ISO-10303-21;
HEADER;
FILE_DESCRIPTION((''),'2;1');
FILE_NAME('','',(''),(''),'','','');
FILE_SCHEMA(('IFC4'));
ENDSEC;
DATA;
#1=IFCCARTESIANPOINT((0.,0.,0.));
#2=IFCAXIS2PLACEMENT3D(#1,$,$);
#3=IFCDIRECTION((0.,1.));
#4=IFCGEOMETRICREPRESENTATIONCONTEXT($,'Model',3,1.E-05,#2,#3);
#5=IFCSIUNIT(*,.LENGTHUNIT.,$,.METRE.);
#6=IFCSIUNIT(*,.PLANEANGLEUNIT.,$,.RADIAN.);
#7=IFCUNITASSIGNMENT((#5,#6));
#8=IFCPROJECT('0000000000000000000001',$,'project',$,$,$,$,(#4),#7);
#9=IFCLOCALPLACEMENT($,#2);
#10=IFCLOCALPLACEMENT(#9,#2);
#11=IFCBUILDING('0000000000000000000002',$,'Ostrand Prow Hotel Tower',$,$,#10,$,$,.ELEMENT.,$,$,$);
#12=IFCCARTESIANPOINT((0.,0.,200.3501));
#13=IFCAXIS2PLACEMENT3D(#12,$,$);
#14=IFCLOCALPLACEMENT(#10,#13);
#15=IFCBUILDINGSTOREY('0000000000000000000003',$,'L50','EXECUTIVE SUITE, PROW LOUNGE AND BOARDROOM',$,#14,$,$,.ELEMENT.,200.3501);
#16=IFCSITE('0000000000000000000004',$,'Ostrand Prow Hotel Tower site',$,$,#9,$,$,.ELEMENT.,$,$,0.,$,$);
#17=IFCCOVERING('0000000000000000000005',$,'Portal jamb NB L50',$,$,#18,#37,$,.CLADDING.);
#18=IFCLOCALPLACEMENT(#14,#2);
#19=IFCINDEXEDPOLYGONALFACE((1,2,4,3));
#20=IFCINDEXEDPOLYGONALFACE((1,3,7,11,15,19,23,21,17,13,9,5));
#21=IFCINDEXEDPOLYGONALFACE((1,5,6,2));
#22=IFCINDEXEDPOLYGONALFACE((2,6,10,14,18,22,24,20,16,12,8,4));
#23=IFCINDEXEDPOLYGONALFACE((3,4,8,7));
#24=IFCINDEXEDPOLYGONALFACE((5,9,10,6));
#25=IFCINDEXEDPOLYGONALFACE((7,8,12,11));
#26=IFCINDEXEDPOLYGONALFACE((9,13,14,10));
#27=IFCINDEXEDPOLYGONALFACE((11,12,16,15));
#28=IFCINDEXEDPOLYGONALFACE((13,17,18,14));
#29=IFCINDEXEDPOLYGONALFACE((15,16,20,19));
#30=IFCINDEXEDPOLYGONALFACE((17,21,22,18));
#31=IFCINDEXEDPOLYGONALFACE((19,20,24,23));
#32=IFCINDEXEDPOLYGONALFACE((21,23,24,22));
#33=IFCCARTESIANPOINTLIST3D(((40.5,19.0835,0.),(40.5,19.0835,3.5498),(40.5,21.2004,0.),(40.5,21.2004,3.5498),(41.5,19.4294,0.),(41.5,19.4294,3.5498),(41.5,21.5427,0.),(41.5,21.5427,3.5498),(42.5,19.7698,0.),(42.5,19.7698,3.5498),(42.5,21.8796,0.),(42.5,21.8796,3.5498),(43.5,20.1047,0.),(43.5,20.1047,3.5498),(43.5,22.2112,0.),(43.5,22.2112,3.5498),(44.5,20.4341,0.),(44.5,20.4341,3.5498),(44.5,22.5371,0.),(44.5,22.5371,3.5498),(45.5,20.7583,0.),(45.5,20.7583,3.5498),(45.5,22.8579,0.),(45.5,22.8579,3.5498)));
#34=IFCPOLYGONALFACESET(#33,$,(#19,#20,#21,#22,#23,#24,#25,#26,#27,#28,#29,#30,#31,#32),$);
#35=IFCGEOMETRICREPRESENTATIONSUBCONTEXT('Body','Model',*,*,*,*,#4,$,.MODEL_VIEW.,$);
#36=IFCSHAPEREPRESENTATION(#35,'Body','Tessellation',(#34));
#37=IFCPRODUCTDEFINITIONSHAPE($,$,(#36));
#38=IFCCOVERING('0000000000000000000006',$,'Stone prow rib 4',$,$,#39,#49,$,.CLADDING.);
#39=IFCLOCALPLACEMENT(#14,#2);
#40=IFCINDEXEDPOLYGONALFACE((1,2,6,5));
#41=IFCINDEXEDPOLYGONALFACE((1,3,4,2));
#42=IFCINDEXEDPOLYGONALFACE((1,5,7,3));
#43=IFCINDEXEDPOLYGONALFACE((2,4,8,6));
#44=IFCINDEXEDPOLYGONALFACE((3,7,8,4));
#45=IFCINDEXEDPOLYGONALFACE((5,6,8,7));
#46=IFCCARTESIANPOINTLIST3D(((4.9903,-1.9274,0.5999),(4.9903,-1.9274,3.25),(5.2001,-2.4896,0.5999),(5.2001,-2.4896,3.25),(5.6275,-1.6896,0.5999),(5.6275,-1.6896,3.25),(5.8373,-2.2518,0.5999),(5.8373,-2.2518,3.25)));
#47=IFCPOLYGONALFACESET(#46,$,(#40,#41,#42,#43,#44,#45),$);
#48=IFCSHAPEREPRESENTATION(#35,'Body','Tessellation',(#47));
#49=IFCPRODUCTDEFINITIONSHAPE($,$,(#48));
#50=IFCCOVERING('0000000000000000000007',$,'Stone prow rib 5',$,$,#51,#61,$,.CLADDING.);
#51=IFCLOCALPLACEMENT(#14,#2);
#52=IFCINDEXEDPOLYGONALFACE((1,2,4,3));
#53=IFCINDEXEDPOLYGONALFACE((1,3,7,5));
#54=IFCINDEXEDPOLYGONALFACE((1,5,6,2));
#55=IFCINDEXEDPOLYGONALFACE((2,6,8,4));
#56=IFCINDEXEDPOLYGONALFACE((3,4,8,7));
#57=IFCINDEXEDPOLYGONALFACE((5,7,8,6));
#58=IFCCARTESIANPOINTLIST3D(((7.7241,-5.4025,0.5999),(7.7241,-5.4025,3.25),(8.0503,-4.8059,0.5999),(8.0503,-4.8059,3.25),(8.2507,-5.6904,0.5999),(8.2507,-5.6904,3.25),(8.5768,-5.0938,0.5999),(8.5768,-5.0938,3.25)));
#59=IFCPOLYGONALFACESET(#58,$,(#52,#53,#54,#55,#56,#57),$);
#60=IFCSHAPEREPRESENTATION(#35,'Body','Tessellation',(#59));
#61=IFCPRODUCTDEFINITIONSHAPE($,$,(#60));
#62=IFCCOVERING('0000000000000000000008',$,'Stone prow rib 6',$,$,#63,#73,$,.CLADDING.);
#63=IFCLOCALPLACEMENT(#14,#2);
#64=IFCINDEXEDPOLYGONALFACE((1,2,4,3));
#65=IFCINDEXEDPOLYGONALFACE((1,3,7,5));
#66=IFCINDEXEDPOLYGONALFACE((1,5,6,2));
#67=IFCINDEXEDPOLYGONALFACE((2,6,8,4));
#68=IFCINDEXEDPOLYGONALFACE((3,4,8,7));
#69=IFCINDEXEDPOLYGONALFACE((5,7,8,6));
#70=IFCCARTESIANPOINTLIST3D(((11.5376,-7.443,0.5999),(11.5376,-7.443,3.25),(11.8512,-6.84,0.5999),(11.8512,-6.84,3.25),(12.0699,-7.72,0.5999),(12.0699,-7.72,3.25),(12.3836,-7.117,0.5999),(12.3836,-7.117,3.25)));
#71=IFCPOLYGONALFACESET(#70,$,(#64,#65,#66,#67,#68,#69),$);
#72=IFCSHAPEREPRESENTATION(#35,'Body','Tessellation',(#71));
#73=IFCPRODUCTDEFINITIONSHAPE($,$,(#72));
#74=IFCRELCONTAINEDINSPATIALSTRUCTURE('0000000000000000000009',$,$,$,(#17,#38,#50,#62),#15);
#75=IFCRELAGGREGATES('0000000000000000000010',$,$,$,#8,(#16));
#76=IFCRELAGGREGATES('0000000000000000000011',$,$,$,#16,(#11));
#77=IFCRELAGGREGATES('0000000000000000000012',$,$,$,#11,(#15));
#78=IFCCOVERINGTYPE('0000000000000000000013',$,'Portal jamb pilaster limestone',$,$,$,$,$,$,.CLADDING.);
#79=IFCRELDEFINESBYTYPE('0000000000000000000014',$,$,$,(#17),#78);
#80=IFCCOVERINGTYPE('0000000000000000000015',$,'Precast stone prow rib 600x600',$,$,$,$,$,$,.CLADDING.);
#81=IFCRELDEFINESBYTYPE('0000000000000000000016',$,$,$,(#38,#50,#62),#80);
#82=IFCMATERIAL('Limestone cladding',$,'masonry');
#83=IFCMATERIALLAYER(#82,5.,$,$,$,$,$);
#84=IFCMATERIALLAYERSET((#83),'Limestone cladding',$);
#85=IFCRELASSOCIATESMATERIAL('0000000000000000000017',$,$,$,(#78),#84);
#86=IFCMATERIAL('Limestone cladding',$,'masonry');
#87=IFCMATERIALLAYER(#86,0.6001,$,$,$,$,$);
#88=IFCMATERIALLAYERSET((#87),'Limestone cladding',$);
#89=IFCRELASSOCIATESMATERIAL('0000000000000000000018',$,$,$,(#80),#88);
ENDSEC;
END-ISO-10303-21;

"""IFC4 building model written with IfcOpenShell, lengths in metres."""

from ifc_helpers import new_model, si_unit, direction, frame, frame_2d, origin, place, context, subcontext, project, spatial, polyline, rectangle, outline, extrude, material, layer, layer_set, type_object, element, save


model = new_model("IFC4")

# Units and contexts
model_context = context("Model", 3, precision=1e-05, world=origin(), true_north=direction((0.0, 1.0)))
body_context = subcontext(model_context, "Body", "Model", "MODEL_VIEW")
ifc_project = project(units=[si_unit("LENGTHUNIT", "METRE"), si_unit("PLANEANGLEUNIT", "RADIAN")], contexts=[model_context])

# Site, building, storey
site_placement = place(None, origin())
site = spatial("IfcSite", under=ifc_project, at=site_placement, Name="Ostrand Prow Hotel Tower site", CompositionType="ELEMENT", RefElevation=0.0)
building_placement = place(site_placement, origin())
building = spatial("IfcBuilding", under=site, at=building_placement, Name="Ostrand Prow Hotel Tower", CompositionType="ELEMENT")
storey_placement = place(building_placement, frame((0.0, 0.0, 200.3501)))
storey = spatial("IfcBuildingStorey", under=building, at=storey_placement, Name="L50", Description="EXECUTIVE SUITE, PROW LOUNGE AND BOARDROOM", CompositionType="ELEMENT", Elevation=200.3501)

# Coverings
ifc_material_1 = material(Name="Limestone cladding", Category="masonry")
ifc_layer_1 = layer(ifc_material_1, 5.0)
ifc_layer_set_1 = layer_set([ifc_layer_1], Name="Limestone cladding")
covering_type_1 = type_object("IfcCoveringType", Name="Portal jamb pilaster limestone", PredefinedType="CLADDING", material=ifc_layer_set_1)
covering_1_placement = place(storey_placement, origin())
element("IfcCovering", 1, at=covering_1_placement, inside=storey, type_object=covering_type_1, Name="Portal jamb NB L50", PredefinedType="CLADDING", context=body_context, shape_type="SweptSolid", body=[
    extrude(outline(polyline([(40.5, 19.0835), (41.5, 19.4294), (42.5, 19.7698), (43.5, 20.1047), (44.5, 20.4341), (45.5, 20.7583), (45.5, 22.8579), (44.5, 22.5371), (43.5, 22.2112), (42.5, 21.8796), (41.5, 21.5427), (40.5, 21.2004), (40.5, 19.0835)])), origin(), (0.0, 0.0, 1.0), 3.5498),
])
ifc_material_2 = material(Name="Limestone cladding", Category="masonry")
ifc_layer_2 = layer(ifc_material_2, 0.6001)
ifc_layer_set_2 = layer_set([ifc_layer_2], Name="Limestone cladding")
covering_type_2 = type_object("IfcCoveringType", Name="Precast stone prow rib 600x600", PredefinedType="CLADDING", material=ifc_layer_set_2)
covering_2_placement = place(storey_placement, frame((5.7324, -1.9707, 0.5999), z_axis=(0.0, 0.0, 1.0), x_axis=(-0.936889, -0.349628, 0.0)))
element("IfcCovering", 2, at=covering_2_placement, inside=storey, type_object=covering_type_2, Name="Stone prow rib 4", PredefinedType="CLADDING", context=body_context, shape_type="SweptSolid", body=[
    extrude(rectangle(XDim=0.6802, YDim=0.6001, at=frame_2d((0.3401, 0.0))), origin(), (0.0, 0.0, 1.0), 2.6501),
])
covering_3_placement = place(storey_placement, frame((8.3135, -4.95, 0.5999), z_axis=(0.0, 0.0, 1.0), x_axis=(-0.479657, -0.877456, 0.0)))
element("IfcCovering", 3, at=covering_3_placement, inside=storey, type_object=covering_type_2, Name="Stone prow rib 5", PredefinedType="CLADDING", context=body_context, shape_type="SweptSolid", body=[
    extrude(rectangle(XDim=0.6799, YDim=0.6001, at=frame_2d((0.3398, 0.0))), origin(), (0.0, 0.0, 1.0), 2.6501),
])
covering_4_placement = place(storey_placement, frame((12.1174, -6.9785, 0.5999), z_axis=(0.0, 0.0, 1.0), x_axis=(-0.461522, -0.887129, 0.0)))
element("IfcCovering", 4, at=covering_4_placement, inside=storey, type_object=covering_type_2, Name="Stone prow rib 6", PredefinedType="CLADDING", context=body_context, shape_type="SweptSolid", body=[
    extrude(rectangle(XDim=0.6797, YDim=0.6001, at=frame_2d((0.3398, 0.0))), origin(), (0.0, 0.0, 1.0), 2.6501),
])

save(model, "model.ifc")
